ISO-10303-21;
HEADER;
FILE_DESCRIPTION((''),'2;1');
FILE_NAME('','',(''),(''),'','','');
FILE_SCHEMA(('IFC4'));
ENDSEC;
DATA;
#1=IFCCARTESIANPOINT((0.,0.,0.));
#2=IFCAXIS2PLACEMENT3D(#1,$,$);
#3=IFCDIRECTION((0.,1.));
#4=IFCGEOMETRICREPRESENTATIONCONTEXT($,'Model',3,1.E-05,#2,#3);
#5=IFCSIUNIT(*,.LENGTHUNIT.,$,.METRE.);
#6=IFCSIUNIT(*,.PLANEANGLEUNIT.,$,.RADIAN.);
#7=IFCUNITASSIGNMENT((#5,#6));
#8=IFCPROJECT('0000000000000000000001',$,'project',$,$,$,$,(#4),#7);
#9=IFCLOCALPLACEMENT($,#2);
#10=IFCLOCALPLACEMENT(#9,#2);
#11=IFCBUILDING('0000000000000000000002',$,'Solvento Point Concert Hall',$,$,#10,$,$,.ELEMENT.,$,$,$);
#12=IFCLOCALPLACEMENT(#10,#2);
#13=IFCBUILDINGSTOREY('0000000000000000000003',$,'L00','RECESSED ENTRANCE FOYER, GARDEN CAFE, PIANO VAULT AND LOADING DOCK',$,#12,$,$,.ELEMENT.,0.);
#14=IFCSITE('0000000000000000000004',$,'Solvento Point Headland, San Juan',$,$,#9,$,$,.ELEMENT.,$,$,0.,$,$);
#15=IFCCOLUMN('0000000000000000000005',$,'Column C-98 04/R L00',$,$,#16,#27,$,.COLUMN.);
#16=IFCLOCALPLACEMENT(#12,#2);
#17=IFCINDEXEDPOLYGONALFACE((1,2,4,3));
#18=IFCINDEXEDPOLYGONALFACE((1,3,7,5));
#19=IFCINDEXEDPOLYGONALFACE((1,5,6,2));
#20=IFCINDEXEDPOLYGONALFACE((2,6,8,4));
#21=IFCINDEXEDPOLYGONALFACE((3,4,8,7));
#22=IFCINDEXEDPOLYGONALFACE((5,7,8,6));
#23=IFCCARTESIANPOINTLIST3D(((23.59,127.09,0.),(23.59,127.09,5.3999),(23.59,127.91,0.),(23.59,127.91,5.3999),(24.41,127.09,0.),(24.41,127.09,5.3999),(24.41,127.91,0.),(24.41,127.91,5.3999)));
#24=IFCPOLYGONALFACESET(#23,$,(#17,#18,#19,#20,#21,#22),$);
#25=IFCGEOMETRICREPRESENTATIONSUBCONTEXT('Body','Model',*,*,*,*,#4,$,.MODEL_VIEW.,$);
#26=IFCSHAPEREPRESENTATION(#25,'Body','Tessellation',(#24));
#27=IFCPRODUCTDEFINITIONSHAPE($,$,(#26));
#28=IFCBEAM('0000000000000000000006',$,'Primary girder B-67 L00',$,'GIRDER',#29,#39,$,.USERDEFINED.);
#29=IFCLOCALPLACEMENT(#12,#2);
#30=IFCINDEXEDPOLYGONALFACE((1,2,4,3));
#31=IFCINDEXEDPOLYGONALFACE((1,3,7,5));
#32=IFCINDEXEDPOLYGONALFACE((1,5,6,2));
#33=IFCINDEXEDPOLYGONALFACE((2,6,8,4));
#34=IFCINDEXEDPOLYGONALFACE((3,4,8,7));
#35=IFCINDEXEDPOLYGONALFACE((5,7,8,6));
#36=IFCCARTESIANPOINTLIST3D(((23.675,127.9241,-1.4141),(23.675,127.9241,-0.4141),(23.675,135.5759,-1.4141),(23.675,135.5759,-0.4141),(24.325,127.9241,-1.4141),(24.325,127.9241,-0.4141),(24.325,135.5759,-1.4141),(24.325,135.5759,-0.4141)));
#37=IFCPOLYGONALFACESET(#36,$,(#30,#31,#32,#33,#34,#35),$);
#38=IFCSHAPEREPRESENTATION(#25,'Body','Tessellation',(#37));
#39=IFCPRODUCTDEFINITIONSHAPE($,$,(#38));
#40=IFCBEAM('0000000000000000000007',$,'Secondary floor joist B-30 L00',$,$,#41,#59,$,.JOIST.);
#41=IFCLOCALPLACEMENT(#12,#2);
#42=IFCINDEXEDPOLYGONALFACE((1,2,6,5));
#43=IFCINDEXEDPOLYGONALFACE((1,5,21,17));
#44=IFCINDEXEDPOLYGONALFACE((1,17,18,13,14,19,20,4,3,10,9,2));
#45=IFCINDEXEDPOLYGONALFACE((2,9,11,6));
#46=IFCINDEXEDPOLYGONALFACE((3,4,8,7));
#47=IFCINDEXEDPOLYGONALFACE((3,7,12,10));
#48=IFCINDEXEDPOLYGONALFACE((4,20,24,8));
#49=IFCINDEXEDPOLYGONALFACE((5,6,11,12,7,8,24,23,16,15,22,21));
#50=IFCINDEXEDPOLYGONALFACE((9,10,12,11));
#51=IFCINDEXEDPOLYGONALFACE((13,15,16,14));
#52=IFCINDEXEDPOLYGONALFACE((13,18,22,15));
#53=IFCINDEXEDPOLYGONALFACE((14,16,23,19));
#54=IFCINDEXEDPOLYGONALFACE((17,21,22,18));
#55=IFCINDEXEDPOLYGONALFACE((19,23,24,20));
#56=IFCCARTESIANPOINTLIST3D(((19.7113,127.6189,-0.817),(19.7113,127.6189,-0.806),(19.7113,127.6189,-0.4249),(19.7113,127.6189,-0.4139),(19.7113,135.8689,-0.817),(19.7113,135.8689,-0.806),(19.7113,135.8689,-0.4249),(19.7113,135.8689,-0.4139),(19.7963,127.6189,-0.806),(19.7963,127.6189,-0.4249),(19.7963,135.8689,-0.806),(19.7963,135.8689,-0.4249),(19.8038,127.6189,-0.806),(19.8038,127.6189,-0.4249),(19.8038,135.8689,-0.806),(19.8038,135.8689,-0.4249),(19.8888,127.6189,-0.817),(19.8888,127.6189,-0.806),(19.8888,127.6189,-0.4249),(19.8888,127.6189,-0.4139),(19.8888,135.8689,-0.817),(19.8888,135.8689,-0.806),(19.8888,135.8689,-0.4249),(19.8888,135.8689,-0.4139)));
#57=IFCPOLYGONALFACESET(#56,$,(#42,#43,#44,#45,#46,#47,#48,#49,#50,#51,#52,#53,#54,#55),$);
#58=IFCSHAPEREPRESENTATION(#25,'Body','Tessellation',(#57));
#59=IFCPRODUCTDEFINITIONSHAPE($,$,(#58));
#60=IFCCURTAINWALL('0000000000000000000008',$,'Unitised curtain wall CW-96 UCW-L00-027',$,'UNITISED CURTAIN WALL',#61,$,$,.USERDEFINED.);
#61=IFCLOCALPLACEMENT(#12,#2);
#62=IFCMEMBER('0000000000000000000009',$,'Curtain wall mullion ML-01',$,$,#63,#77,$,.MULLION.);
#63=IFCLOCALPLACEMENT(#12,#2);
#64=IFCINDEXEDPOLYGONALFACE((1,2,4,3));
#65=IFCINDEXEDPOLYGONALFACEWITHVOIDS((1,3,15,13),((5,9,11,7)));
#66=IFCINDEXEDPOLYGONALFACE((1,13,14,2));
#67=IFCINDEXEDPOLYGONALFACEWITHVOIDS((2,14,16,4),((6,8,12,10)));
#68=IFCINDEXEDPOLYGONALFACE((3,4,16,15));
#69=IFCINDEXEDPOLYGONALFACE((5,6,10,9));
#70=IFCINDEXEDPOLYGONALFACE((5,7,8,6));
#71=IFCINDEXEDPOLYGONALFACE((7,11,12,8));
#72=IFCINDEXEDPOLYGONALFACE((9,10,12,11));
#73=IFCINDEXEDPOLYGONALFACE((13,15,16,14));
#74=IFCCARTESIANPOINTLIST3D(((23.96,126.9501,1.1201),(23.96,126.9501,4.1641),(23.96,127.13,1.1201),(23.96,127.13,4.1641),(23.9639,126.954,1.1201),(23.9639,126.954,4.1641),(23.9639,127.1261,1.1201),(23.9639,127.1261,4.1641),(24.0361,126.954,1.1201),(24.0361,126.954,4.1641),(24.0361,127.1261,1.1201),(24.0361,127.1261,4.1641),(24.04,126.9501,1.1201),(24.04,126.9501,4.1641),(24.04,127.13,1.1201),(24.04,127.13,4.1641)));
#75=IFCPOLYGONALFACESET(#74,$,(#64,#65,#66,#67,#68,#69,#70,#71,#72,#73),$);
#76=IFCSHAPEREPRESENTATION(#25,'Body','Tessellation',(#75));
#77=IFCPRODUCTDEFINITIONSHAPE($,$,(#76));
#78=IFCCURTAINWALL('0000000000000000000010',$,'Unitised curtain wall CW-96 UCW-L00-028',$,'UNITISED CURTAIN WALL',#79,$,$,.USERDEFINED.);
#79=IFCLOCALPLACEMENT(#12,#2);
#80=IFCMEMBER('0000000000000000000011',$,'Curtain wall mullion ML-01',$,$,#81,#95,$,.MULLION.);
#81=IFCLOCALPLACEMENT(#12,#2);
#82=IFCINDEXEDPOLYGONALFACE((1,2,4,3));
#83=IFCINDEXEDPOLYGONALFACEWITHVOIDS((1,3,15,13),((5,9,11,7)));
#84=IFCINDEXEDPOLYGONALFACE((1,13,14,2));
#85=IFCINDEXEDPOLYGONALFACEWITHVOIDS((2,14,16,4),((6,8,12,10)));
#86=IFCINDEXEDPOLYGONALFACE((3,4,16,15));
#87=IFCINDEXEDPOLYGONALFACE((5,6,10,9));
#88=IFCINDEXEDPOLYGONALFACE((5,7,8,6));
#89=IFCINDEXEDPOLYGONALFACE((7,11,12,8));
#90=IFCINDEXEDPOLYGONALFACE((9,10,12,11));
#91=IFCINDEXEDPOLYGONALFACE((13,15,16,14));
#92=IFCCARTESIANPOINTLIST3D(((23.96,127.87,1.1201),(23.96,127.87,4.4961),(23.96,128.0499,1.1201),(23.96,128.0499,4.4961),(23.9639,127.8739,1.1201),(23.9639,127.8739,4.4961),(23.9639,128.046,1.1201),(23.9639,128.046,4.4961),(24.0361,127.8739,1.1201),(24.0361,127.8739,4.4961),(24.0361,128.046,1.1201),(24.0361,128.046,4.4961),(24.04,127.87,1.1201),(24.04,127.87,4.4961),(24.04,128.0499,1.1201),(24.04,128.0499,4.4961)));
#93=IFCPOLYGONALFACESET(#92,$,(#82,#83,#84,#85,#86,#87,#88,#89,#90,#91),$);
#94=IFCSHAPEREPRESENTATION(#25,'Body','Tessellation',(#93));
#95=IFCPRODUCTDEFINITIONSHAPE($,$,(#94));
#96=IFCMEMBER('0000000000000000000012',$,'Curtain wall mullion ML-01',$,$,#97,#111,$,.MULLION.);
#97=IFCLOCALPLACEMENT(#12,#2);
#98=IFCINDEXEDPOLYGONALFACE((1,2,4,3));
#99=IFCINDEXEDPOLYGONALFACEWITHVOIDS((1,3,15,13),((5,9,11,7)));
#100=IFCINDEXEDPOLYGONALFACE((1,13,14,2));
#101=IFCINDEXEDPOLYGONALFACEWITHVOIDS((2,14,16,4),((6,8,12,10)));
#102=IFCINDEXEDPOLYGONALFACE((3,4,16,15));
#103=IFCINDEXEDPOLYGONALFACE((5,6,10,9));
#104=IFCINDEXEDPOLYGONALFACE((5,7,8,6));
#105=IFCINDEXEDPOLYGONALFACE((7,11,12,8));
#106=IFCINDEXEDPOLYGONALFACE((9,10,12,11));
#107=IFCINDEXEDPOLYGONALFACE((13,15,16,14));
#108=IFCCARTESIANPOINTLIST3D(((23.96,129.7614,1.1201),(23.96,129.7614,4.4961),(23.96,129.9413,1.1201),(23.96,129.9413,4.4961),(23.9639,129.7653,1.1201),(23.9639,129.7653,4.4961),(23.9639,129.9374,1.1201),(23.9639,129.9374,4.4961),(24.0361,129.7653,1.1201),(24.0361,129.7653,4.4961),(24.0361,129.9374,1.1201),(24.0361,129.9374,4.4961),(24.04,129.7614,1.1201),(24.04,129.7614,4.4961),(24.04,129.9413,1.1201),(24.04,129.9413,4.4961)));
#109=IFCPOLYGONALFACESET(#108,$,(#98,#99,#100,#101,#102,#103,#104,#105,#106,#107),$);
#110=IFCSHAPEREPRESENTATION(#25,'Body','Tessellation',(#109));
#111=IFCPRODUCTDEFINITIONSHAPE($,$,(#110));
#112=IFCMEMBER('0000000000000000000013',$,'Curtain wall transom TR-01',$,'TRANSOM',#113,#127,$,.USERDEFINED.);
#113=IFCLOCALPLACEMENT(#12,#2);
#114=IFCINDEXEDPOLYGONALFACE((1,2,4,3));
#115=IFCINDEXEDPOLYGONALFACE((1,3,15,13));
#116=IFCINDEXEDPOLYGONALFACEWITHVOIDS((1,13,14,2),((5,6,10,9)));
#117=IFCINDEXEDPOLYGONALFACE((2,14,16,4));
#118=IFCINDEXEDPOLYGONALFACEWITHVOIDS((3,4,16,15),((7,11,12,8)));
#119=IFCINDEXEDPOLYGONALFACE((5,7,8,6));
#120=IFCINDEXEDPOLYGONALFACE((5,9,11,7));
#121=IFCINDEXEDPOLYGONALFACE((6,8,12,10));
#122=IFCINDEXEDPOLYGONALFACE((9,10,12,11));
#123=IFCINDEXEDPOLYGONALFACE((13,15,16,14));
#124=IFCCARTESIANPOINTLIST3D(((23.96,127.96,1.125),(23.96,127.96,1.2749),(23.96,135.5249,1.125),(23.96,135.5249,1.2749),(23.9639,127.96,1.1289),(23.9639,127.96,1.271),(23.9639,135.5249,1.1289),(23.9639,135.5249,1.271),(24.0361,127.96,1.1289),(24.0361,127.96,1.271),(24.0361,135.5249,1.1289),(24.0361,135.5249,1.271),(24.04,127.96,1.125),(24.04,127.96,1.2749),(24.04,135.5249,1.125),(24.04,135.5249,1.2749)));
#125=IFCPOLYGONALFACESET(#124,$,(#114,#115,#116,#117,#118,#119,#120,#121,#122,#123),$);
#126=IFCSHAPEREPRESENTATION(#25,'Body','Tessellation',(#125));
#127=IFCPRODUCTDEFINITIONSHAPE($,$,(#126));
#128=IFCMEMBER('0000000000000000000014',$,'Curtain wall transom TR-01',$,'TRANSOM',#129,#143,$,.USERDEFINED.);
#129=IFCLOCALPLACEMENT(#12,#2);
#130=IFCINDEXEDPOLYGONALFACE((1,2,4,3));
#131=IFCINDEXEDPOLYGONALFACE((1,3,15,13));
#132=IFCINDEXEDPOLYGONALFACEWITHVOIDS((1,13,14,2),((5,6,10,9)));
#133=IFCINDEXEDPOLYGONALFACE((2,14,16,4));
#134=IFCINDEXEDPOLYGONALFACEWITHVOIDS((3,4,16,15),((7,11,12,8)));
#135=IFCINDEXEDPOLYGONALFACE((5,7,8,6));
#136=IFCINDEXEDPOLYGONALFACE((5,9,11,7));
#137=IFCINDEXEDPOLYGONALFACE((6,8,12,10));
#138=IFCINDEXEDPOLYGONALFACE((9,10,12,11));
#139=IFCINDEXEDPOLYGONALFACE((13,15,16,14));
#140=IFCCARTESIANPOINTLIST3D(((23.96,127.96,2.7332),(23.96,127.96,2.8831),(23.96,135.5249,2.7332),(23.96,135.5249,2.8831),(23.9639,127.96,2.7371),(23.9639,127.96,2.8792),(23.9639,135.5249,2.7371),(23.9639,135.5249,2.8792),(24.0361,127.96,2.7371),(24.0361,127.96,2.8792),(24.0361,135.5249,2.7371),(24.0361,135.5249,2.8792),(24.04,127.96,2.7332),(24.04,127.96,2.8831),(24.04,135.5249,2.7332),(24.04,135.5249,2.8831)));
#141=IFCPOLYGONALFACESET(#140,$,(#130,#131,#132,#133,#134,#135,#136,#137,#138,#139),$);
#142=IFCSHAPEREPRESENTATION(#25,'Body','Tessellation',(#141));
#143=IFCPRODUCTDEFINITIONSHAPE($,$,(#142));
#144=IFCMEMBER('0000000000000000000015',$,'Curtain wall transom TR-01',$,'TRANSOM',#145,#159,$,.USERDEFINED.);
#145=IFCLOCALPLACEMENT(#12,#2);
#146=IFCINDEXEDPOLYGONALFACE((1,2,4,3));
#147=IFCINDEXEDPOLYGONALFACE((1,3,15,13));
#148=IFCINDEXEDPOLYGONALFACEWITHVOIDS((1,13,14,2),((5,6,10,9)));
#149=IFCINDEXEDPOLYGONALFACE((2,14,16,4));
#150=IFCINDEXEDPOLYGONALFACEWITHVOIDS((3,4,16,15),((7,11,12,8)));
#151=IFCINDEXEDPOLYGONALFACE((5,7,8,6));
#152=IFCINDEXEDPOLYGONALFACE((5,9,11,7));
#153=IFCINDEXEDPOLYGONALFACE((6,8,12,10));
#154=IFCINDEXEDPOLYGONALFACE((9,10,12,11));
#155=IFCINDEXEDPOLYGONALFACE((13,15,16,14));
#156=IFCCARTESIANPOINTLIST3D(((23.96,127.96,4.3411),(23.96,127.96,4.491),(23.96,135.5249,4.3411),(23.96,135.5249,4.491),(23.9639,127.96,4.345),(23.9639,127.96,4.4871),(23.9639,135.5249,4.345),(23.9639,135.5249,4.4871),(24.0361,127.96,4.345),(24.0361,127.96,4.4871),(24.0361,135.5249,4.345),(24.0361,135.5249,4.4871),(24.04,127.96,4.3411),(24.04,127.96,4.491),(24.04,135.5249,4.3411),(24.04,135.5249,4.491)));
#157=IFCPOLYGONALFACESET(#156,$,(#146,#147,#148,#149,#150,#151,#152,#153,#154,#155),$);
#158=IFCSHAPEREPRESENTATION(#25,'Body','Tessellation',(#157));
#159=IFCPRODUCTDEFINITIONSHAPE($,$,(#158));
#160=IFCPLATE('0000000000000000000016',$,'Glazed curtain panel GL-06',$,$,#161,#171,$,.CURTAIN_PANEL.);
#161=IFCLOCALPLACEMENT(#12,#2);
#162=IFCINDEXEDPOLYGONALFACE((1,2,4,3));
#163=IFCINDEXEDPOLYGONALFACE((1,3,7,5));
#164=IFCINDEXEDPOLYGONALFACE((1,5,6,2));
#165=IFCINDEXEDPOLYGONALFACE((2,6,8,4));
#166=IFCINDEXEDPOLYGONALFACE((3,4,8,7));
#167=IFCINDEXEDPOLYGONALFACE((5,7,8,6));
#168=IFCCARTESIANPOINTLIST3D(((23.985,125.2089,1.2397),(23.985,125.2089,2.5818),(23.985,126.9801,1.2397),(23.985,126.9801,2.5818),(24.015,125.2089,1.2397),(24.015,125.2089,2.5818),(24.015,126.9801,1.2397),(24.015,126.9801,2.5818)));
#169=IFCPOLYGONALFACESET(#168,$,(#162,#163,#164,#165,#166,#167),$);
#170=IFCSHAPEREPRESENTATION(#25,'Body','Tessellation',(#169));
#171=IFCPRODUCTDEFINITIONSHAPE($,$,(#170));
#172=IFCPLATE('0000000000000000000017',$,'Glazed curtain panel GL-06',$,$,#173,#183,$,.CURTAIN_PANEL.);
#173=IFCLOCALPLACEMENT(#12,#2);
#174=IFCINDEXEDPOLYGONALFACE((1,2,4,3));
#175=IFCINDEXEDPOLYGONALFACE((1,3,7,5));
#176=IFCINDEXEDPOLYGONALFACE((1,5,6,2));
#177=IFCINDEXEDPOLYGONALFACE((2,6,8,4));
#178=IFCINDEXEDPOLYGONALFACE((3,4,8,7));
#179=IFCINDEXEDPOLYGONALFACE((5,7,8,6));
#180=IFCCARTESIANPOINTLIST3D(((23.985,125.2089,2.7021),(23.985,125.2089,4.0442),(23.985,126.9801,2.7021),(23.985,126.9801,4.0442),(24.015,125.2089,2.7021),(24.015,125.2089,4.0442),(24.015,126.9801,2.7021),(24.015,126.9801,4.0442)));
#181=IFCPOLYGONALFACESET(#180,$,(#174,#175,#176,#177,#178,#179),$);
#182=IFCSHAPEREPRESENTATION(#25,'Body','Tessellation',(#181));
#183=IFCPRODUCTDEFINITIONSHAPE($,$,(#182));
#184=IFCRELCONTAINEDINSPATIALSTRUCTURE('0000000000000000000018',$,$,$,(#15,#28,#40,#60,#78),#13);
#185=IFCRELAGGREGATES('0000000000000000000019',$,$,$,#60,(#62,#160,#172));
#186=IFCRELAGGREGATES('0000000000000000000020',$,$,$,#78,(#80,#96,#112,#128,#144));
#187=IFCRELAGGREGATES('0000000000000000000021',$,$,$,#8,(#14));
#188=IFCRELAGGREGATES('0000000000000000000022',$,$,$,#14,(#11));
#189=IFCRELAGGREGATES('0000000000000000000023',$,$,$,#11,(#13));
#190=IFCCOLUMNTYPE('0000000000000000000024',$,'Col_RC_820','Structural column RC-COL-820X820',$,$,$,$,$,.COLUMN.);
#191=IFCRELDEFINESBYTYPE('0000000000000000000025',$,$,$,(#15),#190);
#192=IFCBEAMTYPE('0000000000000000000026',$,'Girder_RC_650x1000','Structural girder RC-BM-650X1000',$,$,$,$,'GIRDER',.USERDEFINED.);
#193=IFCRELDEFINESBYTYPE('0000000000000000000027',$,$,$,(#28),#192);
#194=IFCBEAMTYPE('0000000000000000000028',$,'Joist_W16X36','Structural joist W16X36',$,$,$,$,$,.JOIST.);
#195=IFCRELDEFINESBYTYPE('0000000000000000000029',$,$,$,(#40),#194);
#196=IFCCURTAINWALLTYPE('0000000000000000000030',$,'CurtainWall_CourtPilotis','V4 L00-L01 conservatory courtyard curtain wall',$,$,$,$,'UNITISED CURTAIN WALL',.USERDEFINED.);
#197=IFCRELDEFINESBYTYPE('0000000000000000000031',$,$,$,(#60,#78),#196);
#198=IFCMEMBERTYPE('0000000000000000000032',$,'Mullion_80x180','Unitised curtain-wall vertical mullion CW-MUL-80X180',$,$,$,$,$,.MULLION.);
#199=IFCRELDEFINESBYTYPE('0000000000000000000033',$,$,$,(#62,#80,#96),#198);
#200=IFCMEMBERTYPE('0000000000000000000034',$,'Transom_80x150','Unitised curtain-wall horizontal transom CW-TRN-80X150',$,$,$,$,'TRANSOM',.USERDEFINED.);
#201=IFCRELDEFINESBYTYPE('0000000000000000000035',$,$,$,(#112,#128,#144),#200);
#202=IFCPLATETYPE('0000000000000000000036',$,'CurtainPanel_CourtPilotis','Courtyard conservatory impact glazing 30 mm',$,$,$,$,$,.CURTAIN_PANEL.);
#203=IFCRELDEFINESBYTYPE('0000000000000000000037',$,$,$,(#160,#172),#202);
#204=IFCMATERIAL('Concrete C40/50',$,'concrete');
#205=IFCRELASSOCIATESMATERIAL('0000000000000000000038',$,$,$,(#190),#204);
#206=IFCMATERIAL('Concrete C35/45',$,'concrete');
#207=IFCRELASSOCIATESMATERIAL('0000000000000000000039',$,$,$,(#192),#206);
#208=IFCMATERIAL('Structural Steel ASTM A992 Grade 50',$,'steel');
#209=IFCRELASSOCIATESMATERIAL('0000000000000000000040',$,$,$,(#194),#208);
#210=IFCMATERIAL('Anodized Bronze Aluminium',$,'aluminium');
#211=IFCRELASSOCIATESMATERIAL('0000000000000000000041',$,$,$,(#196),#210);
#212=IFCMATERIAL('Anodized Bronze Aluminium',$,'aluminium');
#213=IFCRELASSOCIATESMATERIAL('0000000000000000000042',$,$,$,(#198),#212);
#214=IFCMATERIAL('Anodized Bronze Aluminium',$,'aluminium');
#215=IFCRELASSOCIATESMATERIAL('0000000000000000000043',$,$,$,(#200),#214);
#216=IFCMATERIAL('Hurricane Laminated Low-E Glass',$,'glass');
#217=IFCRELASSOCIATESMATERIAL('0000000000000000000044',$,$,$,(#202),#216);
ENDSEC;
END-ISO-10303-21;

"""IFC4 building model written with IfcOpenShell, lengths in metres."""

from ifc_helpers import new_model, si_unit, direction, frame, origin, origin_2d, place, context, subcontext, project, spatial, rectangle, hollow_rectangle, i_section, extrude, material, material_profile, profile_set, type_object, element, aggregate, save


model = new_model("IFC4")

# Units and contexts
model_context = context("Model", 3, precision=1e-05, world=origin(), true_north=direction((0.0, 1.0)))
body_context = subcontext(model_context, "Body", "Model", "MODEL_VIEW")
ifc_project = project(units=[si_unit("LENGTHUNIT", "METRE"), si_unit("PLANEANGLEUNIT", "RADIAN")], contexts=[model_context])

# Site, building, storey
site_placement = place(None, origin())
site = spatial("IfcSite", under=ifc_project, at=site_placement, Name="Solvento Point Headland, San Juan", CompositionType="ELEMENT", RefElevation=0.0)
building_placement = place(site_placement, origin())
building = spatial("IfcBuilding", under=site, at=building_placement, Name="Solvento Point Concert Hall", CompositionType="ELEMENT")
storey_placement = place(building_placement, origin())
storey = spatial("IfcBuildingStorey", under=building, at=storey_placement, Name="L00", Description="RECESSED ENTRANCE FOYER, GARDEN CAFE, PIANO VAULT AND LOADING DOCK", CompositionType="ELEMENT", Elevation=0.0)

# Column
ifc_material_1 = material(Name="Concrete C40/50", Category="concrete")
ifc_material_profile_1 = material_profile(ifc_material_1, rectangle(XDim=0.8201, YDim=0.8201, at=origin_2d()), Name="RC-COL-820X820")
ifc_profile_set_1 = profile_set([ifc_material_profile_1], Name="Concrete C40/50")
column_type = type_object("IfcColumnType", Name="Col_RC_820", Description="Structural column RC-COL-820X820", PredefinedType="COLUMN", material=ifc_profile_set_1)
column_placement = place(storey_placement, frame((24.0, 127.5, 0.0), z_axis=(0.0, 0.0, 1.0), x_axis=(1.0, 0.0, 0.0)))
element("IfcColumn", 1, at=column_placement, inside=storey, type_object=column_type, Name="Column C-98 04/R L00", PredefinedType="COLUMN", context=body_context, shape_type="SweptSolid", body=[
    extrude(rectangle(XDim=0.8201, YDim=0.8201, at=origin_2d()), origin(), (0.0, 0.0, 1.0), 5.3999),
])

# Beams
ifc_material_2 = material(Name="Concrete C35/45", Category="concrete")
ifc_material_profile_2 = material_profile(ifc_material_2, rectangle(XDim=0.6499, YDim=1.0, at=origin_2d()), Name="RC-BM-650X1000")
ifc_profile_set_2 = profile_set([ifc_material_profile_2], Name="Concrete C35/45")
beam_type_1 = type_object("IfcBeamType", Name="Girder_RC_650x1000", Description="Structural girder RC-BM-650X1000", ElementType="GIRDER", PredefinedType="USERDEFINED", material=ifc_profile_set_2)
beam_1_placement = place(storey_placement, frame((24.0, 127.9241, -0.9141), z_axis=(0.0, 1.0, 0.0), x_axis=(-1.0, 0.0, 0.0)))
element("IfcBeam", 2, at=beam_1_placement, inside=storey, type_object=beam_type_1, Name="Primary girder B-67 L00", ObjectType="GIRDER", PredefinedType="USERDEFINED", context=body_context, shape_type="SweptSolid", body=[
    extrude(rectangle(XDim=0.6499, YDim=1.0, at=origin_2d()), origin(), (0.0, 0.0, 1.0), 7.6519),
])
ifc_material_3 = material(Name="Structural Steel ASTM A992 Grade 50", Category="steel")
ifc_material_profile_3 = material_profile(ifc_material_3, i_section(OverallWidth=0.1775, OverallDepth=0.4031, WebThickness=0.0076, FlangeThickness=0.011, at=origin_2d()), Name="W16X36")
ifc_profile_set_3 = profile_set([ifc_material_profile_3], Name="Structural Steel ASTM A992 Grade 50")
beam_type_2 = type_object("IfcBeamType", Name="Joist_W16X36", Description="Structural joist W16X36", PredefinedType="JOIST", material=ifc_profile_set_3)
beam_2_placement = place(storey_placement, frame((19.8, 127.6189, -0.6155), z_axis=(0.0, 1.0, 0.0), x_axis=(-1.0, 0.0, 0.0)))
element("IfcBeam", 3, at=beam_2_placement, inside=storey, type_object=beam_type_2, Name="Secondary floor joist B-30 L00", PredefinedType="JOIST", context=body_context, shape_type="SweptSolid", body=[
    extrude(i_section(OverallWidth=0.1775, OverallDepth=0.4031, WebThickness=0.0076, FlangeThickness=0.011, at=origin_2d()), origin(), (0.0, 0.0, 1.0), 8.25),
])

# Curtain wall, member
ifc_material_4 = material(Name="Anodized Bronze Aluminium", Category="aluminium")
curtain_wall_type = type_object("IfcCurtainWallType", Name="CurtainWall_CourtPilotis", Description="V4 L00-L01 conservatory courtyard curtain wall", ElementType="UNITISED CURTAIN WALL", PredefinedType="USERDEFINED", material=ifc_material_4)
curtain_wall_1_placement = place(storey_placement, origin())
curtain_wall_1 = element("IfcCurtainWall", 4, at=curtain_wall_1_placement, inside=storey, type_object=curtain_wall_type, Name="Unitised curtain wall CW-96 UCW-L00-027", ObjectType="UNITISED CURTAIN WALL", PredefinedType="USERDEFINED")
ifc_material_5 = material(Name="Anodized Bronze Aluminium", Category="aluminium")
ifc_material_profile_4 = material_profile(ifc_material_5, hollow_rectangle(XDim=0.0801, YDim=0.1799, WallThickness=0.0039, at=origin_2d()), Name="CW-MUL-80X180")
ifc_profile_set_4 = profile_set([ifc_material_profile_4], Name="Anodized Bronze Aluminium")
member_type_1 = type_object("IfcMemberType", Name="Mullion_80x180", Description="Unitised curtain-wall vertical mullion CW-MUL-80X180", PredefinedType="MULLION", material=ifc_profile_set_4)
member_1_placement = place(storey_placement, frame((24.0, 127.04, 1.1201), z_axis=(0.0, 0.0, 1.0), x_axis=(1.0, 0.0, 0.0)))
member_1 = element("IfcMember", 5, at=member_1_placement, type_object=member_type_1, Name="Curtain wall mullion ML-01", PredefinedType="MULLION", context=body_context, shape_type="SweptSolid", body=[
    extrude(hollow_rectangle(XDim=0.0801, YDim=0.1799, WallThickness=0.0039, at=origin_2d()), origin(), (0.0, 0.0, 1.0), 3.0439),
])

# Curtain wall, members
curtain_wall_2_placement = place(storey_placement, origin())
curtain_wall_2 = element("IfcCurtainWall", 6, at=curtain_wall_2_placement, inside=storey, type_object=curtain_wall_type, Name="Unitised curtain wall CW-96 UCW-L00-028", ObjectType="UNITISED CURTAIN WALL", PredefinedType="USERDEFINED")
member_2_placement = place(storey_placement, frame((24.0, 127.96, 1.1201), z_axis=(0.0, 0.0, 1.0), x_axis=(1.0, 0.0, 0.0)))
member_2 = element("IfcMember", 7, at=member_2_placement, type_object=member_type_1, Name="Curtain wall mullion ML-01", PredefinedType="MULLION", context=body_context, shape_type="SweptSolid", body=[
    extrude(hollow_rectangle(XDim=0.0801, YDim=0.1799, WallThickness=0.0039, at=origin_2d()), origin(), (0.0, 0.0, 1.0), 3.376),
])
member_3_placement = place(storey_placement, frame((24.0, 129.8513, 1.1201), z_axis=(0.0, 0.0, 1.0), x_axis=(1.0, 0.0, 0.0)))
member_3 = element("IfcMember", 8, at=member_3_placement, type_object=member_type_1, Name="Curtain wall mullion ML-01", PredefinedType="MULLION", context=body_context, shape_type="SweptSolid", body=[
    extrude(hollow_rectangle(XDim=0.0801, YDim=0.1799, WallThickness=0.0039, at=origin_2d()), origin(), (0.0, 0.0, 1.0), 3.376),
])
ifc_material_6 = material(Name="Anodized Bronze Aluminium", Category="aluminium")
ifc_material_profile_5 = material_profile(ifc_material_6, hollow_rectangle(XDim=0.0801, YDim=0.1499, WallThickness=0.0039, at=origin_2d()), Name="CW-TRN-80X150")
ifc_profile_set_5 = profile_set([ifc_material_profile_5], Name="Anodized Bronze Aluminium")
member_type_2 = type_object("IfcMemberType", Name="Transom_80x150", Description="Unitised curtain-wall horizontal transom CW-TRN-80X150", ElementType="TRANSOM", PredefinedType="USERDEFINED", material=ifc_profile_set_5)
member_4_placement = place(storey_placement, frame((24.0, 127.96, 1.2), z_axis=(0.0, 1.0, 0.0), x_axis=(-1.0, 0.0, 0.0)))
member_4 = element("IfcMember", 9, at=member_4_placement, type_object=member_type_2, Name="Curtain wall transom TR-01", ObjectType="TRANSOM", PredefinedType="USERDEFINED", context=body_context, shape_type="SweptSolid", body=[
    extrude(hollow_rectangle(XDim=0.0801, YDim=0.1499, WallThickness=0.0039, at=origin_2d()), origin(), (0.0, 0.0, 1.0), 7.5649),
])
member_5_placement = place(storey_placement, frame((24.0, 127.96, 2.8081), z_axis=(0.0, 1.0, 0.0), x_axis=(-1.0, 0.0, 0.0)))
member_5 = element("IfcMember", 10, at=member_5_placement, type_object=member_type_2, Name="Curtain wall transom TR-01", ObjectType="TRANSOM", PredefinedType="USERDEFINED", context=body_context, shape_type="SweptSolid", body=[
    extrude(hollow_rectangle(XDim=0.0801, YDim=0.1499, WallThickness=0.0039, at=origin_2d()), origin(), (0.0, 0.0, 1.0), 7.5649),
])
member_6_placement = place(storey_placement, frame((24.0, 127.96, 4.416), z_axis=(0.0, 1.0, 0.0), x_axis=(-1.0, 0.0, 0.0)))
member_6 = element("IfcMember", 11, at=member_6_placement, type_object=member_type_2, Name="Curtain wall transom TR-01", ObjectType="TRANSOM", PredefinedType="USERDEFINED", context=body_context, shape_type="SweptSolid", body=[
    extrude(hollow_rectangle(XDim=0.0801, YDim=0.1499, WallThickness=0.0039, at=origin_2d()), origin(), (0.0, 0.0, 1.0), 7.5649),
])

# Plates
ifc_material_7 = material(Name="Hurricane Laminated Low-E Glass", Category="glass")
plate_type = type_object("IfcPlateType", Name="CurtainPanel_CourtPilotis", Description="Courtyard conservatory impact glazing 30 mm", PredefinedType="CURTAIN_PANEL", material=ifc_material_7)
plate_1_placement = place(storey_placement, frame((24.0, 126.0945, 1.2397), z_axis=(0.0, 0.0, 1.0), x_axis=(0.0, 1.0, 0.0)))
plate_1 = element("IfcPlate", 12, at=plate_1_placement, type_object=plate_type, Name="Glazed curtain panel GL-06", PredefinedType="CURTAIN_PANEL", context=body_context, shape_type="SweptSolid", body=[
    extrude(rectangle(XDim=1.7712, YDim=0.03, at=origin_2d()), origin(), (0.0, 0.0, 1.0), 1.342),
])
plate_2_placement = place(storey_placement, frame((24.0, 126.0945, 2.7021), z_axis=(0.0, 0.0, 1.0), x_axis=(0.0, 1.0, 0.0)))
plate_2 = element("IfcPlate", 13, at=plate_2_placement, type_object=plate_type, Name="Glazed curtain panel GL-06", PredefinedType="CURTAIN_PANEL", context=body_context, shape_type="SweptSolid", body=[
    extrude(rectangle(XDim=1.7712, YDim=0.03, at=origin_2d()), origin(), (0.0, 0.0, 1.0), 1.342),
])
aggregate(curtain_wall_1, [member_1, plate_1, plate_2])
aggregate(curtain_wall_2, [member_2, member_3, member_4, member_5, member_6])

save(model, "model.ifc")
